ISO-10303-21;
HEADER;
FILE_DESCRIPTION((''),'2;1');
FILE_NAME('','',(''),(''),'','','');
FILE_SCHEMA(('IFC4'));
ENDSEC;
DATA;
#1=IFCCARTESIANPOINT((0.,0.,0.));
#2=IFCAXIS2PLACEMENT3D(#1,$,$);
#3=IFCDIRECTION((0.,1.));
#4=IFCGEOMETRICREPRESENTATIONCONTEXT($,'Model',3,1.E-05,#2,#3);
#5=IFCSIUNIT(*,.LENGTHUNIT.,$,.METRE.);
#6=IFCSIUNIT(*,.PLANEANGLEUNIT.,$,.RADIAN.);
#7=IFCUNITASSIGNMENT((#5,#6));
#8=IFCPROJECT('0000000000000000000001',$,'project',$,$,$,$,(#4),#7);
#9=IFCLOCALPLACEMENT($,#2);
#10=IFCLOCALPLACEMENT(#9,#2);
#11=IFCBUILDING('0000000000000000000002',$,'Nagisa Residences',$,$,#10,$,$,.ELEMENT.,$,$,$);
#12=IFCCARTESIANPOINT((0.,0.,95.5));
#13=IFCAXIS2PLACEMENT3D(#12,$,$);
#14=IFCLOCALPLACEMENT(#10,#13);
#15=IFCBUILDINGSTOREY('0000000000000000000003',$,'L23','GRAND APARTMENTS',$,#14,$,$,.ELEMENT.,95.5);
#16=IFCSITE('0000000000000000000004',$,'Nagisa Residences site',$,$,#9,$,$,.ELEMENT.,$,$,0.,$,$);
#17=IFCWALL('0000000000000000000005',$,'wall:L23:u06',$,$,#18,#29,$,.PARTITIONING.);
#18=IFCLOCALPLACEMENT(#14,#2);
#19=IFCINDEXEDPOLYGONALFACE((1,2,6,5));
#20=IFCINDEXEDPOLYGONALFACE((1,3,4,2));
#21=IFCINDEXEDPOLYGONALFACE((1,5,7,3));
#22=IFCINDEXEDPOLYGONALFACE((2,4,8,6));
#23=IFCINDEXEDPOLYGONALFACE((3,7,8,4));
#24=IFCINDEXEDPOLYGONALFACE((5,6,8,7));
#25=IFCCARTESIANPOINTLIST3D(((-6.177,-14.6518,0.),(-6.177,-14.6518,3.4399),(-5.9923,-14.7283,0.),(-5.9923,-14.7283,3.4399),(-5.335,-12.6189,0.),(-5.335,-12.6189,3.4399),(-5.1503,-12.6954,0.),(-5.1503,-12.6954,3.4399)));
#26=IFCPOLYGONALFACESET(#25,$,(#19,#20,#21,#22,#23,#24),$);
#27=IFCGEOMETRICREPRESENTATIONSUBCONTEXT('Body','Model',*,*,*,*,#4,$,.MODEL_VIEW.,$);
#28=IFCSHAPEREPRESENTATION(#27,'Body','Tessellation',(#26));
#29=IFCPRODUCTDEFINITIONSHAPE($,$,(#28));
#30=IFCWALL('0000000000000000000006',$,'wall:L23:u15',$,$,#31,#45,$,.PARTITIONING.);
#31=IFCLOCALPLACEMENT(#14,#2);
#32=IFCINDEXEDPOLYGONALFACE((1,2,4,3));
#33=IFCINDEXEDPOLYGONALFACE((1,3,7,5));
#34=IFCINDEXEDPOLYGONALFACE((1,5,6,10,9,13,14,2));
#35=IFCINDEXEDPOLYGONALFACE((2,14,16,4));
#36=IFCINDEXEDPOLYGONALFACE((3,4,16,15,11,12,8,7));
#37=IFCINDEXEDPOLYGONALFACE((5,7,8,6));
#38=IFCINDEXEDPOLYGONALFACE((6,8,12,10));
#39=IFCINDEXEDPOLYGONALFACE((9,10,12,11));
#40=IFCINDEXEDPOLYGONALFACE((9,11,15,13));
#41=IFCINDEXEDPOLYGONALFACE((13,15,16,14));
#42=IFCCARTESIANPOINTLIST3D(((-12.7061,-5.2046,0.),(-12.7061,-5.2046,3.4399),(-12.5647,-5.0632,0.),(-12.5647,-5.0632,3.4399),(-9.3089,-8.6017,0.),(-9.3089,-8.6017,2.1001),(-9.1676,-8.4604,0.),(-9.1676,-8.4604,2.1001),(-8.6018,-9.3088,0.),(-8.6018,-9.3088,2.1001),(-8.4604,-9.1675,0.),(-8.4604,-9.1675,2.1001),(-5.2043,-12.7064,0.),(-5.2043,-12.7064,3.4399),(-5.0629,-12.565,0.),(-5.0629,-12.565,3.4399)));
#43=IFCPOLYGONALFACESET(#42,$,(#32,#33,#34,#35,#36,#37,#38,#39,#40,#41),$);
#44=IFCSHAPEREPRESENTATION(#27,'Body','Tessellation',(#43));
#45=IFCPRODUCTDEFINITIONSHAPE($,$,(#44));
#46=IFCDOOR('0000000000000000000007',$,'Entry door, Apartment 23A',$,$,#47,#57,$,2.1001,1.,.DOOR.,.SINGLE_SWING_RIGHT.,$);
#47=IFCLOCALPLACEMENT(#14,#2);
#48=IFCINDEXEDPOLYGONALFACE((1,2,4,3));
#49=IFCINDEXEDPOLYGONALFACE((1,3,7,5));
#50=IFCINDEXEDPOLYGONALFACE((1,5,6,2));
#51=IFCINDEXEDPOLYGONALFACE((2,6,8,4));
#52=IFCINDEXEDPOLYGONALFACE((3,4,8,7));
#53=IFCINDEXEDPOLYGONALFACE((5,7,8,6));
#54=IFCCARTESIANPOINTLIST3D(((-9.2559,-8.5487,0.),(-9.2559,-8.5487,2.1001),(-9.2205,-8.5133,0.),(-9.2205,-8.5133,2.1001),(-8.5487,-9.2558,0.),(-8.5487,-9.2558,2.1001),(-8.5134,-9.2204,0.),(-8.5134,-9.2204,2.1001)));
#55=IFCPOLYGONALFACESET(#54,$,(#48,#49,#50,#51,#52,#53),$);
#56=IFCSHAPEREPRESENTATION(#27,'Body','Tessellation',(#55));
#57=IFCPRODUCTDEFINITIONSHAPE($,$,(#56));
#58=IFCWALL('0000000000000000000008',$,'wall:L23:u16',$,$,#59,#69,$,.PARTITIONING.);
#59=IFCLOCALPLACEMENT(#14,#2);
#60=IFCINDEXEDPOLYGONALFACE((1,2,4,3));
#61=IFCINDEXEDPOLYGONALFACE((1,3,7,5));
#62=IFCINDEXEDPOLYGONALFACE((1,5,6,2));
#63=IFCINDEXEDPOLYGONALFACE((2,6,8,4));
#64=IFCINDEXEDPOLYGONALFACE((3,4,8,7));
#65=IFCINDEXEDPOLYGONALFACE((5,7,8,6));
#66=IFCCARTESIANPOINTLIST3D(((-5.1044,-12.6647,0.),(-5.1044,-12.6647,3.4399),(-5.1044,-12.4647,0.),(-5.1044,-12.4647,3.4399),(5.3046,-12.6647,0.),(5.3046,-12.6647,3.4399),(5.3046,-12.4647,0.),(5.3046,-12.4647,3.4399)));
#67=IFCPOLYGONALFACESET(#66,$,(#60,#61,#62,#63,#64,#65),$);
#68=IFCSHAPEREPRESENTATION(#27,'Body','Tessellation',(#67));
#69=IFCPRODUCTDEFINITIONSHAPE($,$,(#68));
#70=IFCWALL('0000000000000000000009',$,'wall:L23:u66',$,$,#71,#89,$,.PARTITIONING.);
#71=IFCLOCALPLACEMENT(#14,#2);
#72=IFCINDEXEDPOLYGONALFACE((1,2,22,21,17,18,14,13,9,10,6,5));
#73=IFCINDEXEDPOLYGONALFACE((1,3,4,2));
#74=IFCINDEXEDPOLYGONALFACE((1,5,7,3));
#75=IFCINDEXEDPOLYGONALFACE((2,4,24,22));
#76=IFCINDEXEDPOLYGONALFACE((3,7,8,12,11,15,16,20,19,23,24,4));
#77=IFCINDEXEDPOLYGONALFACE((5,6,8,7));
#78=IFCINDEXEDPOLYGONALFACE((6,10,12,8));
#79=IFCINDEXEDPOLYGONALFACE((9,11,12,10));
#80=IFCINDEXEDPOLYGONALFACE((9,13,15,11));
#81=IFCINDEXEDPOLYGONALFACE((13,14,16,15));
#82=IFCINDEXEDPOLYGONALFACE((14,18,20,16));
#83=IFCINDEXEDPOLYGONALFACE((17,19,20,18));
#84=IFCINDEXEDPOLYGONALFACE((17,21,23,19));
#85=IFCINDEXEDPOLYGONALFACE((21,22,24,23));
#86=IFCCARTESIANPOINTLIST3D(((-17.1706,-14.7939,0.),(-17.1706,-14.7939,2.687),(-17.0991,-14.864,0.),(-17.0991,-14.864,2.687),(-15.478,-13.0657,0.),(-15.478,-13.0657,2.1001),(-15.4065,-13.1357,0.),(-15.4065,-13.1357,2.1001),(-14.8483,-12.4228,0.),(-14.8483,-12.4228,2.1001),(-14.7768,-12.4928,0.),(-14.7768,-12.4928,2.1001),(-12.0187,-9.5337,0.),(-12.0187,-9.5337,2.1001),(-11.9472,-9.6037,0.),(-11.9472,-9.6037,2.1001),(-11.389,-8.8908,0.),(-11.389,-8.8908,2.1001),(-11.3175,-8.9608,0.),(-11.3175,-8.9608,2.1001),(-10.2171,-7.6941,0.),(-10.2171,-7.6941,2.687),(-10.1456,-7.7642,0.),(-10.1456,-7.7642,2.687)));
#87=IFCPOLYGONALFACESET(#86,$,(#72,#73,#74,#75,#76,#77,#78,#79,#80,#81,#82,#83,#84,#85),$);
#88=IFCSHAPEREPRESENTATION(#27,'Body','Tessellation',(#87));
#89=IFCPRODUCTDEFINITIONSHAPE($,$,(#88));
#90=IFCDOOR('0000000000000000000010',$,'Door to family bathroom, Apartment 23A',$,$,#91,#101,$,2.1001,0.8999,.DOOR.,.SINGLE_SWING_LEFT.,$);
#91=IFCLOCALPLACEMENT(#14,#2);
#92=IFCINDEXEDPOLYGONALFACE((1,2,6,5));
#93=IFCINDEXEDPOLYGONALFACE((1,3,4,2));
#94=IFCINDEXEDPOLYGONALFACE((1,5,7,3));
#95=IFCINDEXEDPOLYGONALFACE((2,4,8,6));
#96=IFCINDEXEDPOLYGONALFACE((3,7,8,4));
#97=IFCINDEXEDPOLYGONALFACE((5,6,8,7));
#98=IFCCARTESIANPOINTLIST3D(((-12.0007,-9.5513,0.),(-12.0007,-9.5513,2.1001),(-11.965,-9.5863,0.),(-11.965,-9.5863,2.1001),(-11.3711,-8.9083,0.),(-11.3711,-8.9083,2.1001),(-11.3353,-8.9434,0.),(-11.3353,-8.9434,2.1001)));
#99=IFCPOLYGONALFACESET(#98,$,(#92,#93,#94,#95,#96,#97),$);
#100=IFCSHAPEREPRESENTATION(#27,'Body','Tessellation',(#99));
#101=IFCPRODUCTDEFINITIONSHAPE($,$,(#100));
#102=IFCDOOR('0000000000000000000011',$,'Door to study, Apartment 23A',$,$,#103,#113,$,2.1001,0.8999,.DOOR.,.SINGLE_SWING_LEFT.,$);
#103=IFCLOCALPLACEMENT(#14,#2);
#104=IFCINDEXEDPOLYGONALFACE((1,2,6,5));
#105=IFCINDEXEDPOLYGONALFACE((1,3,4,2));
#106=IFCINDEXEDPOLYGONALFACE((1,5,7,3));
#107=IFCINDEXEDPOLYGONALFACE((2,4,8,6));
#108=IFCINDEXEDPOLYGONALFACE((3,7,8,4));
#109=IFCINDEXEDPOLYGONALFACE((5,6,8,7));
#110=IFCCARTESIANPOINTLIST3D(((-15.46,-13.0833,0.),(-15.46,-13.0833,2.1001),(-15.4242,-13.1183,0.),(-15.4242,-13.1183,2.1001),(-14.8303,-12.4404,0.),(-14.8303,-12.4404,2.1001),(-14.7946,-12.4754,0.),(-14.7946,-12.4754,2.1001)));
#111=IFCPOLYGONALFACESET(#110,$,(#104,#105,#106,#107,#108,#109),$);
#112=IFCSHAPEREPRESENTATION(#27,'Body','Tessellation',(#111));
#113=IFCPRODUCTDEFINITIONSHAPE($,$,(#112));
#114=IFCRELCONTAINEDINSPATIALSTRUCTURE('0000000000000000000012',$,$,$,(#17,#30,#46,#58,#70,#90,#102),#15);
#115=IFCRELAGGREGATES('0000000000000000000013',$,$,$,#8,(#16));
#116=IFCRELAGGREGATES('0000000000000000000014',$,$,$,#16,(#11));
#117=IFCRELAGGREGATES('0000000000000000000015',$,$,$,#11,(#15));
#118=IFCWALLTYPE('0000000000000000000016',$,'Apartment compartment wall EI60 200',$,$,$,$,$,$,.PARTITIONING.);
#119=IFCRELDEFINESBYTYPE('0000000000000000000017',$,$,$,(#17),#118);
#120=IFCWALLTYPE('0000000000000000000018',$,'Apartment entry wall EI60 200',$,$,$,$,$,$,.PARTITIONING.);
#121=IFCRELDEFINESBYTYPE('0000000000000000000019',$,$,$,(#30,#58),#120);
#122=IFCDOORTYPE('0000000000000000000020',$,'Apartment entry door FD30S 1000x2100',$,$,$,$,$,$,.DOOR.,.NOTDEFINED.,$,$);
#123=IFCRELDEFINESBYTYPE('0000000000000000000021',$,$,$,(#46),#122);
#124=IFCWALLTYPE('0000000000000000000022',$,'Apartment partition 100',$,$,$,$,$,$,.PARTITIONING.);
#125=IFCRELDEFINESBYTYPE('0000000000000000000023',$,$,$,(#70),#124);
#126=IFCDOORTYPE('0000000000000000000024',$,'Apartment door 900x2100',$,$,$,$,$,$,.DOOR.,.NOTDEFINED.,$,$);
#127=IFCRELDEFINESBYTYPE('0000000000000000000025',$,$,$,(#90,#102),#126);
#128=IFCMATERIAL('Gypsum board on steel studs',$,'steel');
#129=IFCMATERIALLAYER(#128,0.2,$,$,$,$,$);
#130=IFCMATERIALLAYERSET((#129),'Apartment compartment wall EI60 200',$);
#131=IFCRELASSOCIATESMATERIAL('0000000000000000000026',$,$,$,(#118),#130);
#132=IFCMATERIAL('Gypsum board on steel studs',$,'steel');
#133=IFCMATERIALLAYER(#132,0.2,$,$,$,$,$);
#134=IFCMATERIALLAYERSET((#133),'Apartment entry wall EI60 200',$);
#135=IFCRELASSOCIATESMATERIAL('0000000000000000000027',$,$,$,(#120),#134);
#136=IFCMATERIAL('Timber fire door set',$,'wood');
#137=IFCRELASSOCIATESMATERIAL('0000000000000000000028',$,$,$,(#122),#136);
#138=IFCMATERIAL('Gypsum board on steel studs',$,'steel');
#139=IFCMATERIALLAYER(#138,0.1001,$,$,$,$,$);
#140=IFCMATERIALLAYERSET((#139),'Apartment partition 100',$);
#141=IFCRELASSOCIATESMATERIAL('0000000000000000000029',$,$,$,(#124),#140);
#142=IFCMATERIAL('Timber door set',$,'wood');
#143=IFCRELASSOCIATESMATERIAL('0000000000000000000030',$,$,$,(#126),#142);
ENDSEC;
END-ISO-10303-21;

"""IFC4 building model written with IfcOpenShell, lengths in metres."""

from ifc_helpers import new_model, si_unit, direction, frame, frame_2d, origin, place, context, subcontext, project, spatial, rectangle, extrude, material, layer, layer_set, type_object, element, fill, save


model = new_model("IFC4")

# Units and contexts
model_context = context("Model", 3, precision=1e-05, world=origin(), true_north=direction((0.0, 1.0)))
body_context = subcontext(model_context, "Body", "Model", "MODEL_VIEW")
ifc_project = project(units=[si_unit("LENGTHUNIT", "METRE"), si_unit("PLANEANGLEUNIT", "RADIAN")], contexts=[model_context])

# Site, building, storey
site_placement = place(None, origin())
site = spatial("IfcSite", under=ifc_project, at=site_placement, Name="Nagisa Residences site", CompositionType="ELEMENT", RefElevation=0.0)
building_placement = place(site_placement, origin())
building = spatial("IfcBuilding", under=site, at=building_placement, Name="Nagisa Residences", CompositionType="ELEMENT")
storey_placement = place(building_placement, frame((0.0, 0.0, 95.5)))
storey = spatial("IfcBuildingStorey", under=building, at=storey_placement, Name="L23", Description="GRAND APARTMENTS", CompositionType="ELEMENT", Elevation=95.5)

# Wall
ifc_material_1 = material(Name="Gypsum board on steel studs", Category="steel")
ifc_layer_1 = layer(ifc_material_1, 0.2)
ifc_layer_set_1 = layer_set([ifc_layer_1], Name="Apartment compartment wall EI60 200")
wall_type_1 = type_object("IfcWallType", Name="Apartment compartment wall EI60 200", PredefinedType="PARTITIONING", material=ifc_layer_set_1)
wall_1_placement = place(storey_placement, frame((-5.2427, -12.6572, 0.0), z_axis=(0.0, 0.0, 1.0), x_axis=(-0.382669, -0.923886, 0.0)))
element("IfcWall", 1, at=wall_1_placement, inside=storey, type_object=wall_type_1, Name="wall:L23:u06", PredefinedType="PARTITIONING", context=body_context, shape_type="SweptSolid", body=[
    extrude(rectangle(XDim=2.2004, YDim=0.2, at=frame_2d((1.1001, 0.0))), origin(), (0.0, 0.0, 1.0), 3.4399),
])

# Wall, opening, door
ifc_material_2 = material(Name="Gypsum board on steel studs", Category="steel")
ifc_layer_2 = layer(ifc_material_2, 0.2)
ifc_layer_set_2 = layer_set([ifc_layer_2], Name="Apartment entry wall EI60 200")
wall_type_2 = type_object("IfcWallType", Name="Apartment entry wall EI60 200", PredefinedType="PARTITIONING", material=ifc_layer_set_2)
wall_2_placement = place(storey_placement, frame((-12.6355, -5.1338, 0.0), z_axis=(0.0, 0.0, 1.0), x_axis=(0.707107, -0.707107, 0.0)))
wall_2 = element("IfcWall", 2, at=wall_2_placement, inside=storey, type_object=wall_type_2, Name="wall:L23:u15", PredefinedType="PARTITIONING", context=body_context, shape_type="SweptSolid", body=[
    extrude(rectangle(XDim=10.6091, YDim=0.2, at=frame_2d((5.3047, 0.0))), origin(), (0.0, 0.0, 1.0), 3.4399),
])
opening_1_placement = place(wall_2_placement, frame((4.8044, 0.0, 0.0)))
opening_1 = element("IfcOpeningElement", 3, at=opening_1_placement, cuts=wall_2, PredefinedType="OPENING", context=body_context, shape_type="SweptSolid", body=[
    extrude(rectangle(XDim=1.0, YDim=2.1001, at=frame_2d((0.5, 1.05))), frame((0.0, 0.1099, 0.0), z_axis=(0.0, -1.0, 0.0), x_axis=(1.0, 0.0, 0.0)), (0.0, 0.0, 1.0), 0.22),
])
ifc_material_3 = material(Name="Timber fire door set", Category="wood")
door_type_1 = type_object("IfcDoorType", Name="Apartment entry door FD30S 1000x2100", OperationType="NOTDEFINED", PredefinedType="DOOR", material=ifc_material_3)
door_1_placement = place(opening_1_placement, frame((1.0, 0.0, 0.0), x_axis=(-1.0, 0.0, 0.0)))
door_1 = element("IfcDoor", 4, at=door_1_placement, inside=storey, type_object=door_type_1, Name="Entry door, Apartment 23A", OperationType="SINGLE_SWING_RIGHT", OverallHeight=2.1001, OverallWidth=1.0, PredefinedType="DOOR", context=body_context, shape_type="SweptSolid", body=[
    extrude(rectangle(XDim=1.0, YDim=2.1001, at=frame_2d((0.5, 1.05))), frame((0.0, 0.0249, 0.0), z_axis=(0.0, -1.0, 0.0), x_axis=(1.0, 0.0, 0.0)), (0.0, 0.0, 1.0), 0.05),
])
fill(opening_1, door_1)

# Wall
wall_3_placement = place(storey_placement, frame((-5.1045, -12.5647, 0.0), z_axis=(0.0, 0.0, 1.0), x_axis=(1.0, 0.0, 0.0)))
element("IfcWall", 5, at=wall_3_placement, inside=storey, type_object=wall_type_2, Name="wall:L23:u16", PredefinedType="PARTITIONING", context=body_context, shape_type="SweptSolid", body=[
    extrude(rectangle(XDim=10.4089, YDim=0.2, at=frame_2d((5.2046, 0.0))), origin(), (0.0, 0.0, 1.0), 3.4399),
])

# Wall, openings, doors
ifc_material_4 = material(Name="Gypsum board on steel studs", Category="steel")
ifc_layer_3 = layer(ifc_material_4, 0.1001)
ifc_layer_set_3 = layer_set([ifc_layer_3], Name="Apartment partition 100")
wall_type_3 = type_object("IfcWallType", Name="Apartment partition 100", PredefinedType="PARTITIONING", material=ifc_layer_set_3)
wall_4_placement = place(storey_placement, frame((-10.1814, -7.7292, 0.0), z_axis=(0.0, 0.0, 1.0), x_axis=(-0.699711, -0.714426, 0.0)))
wall_4 = element("IfcWall", 6, at=wall_4_placement, inside=storey, type_object=wall_type_3, Name="wall:L23:u66", PredefinedType="PARTITIONING", context=body_context, shape_type="SweptSolid", body=[
    extrude(rectangle(XDim=9.9377, YDim=0.1001, at=frame_2d((4.9688, 0.0))), origin(), (0.0, 0.0, 1.0), 2.687),
])
opening_2_placement = place(wall_4_placement, frame((1.6748, 0.0, 0.0)))
opening_2 = element("IfcOpeningElement", 7, at=opening_2_placement, cuts=wall_4, PredefinedType="OPENING", context=body_context, shape_type="SweptSolid", body=[
    extrude(rectangle(XDim=0.8999, YDim=2.1001, at=frame_2d((0.45, 1.05))), frame((0.0, 0.0601, 0.0), z_axis=(0.0, -1.0, 0.0), x_axis=(1.0, 0.0, 0.0)), (0.0, 0.0, 1.0), 0.1201),
])
opening_3_placement = place(wall_4_placement, frame((6.6187, 0.0, 0.0)))
opening_3 = element("IfcOpeningElement", 8, at=opening_3_placement, cuts=wall_4, PredefinedType="OPENING", context=body_context, shape_type="SweptSolid", body=[
    extrude(rectangle(XDim=0.8999, YDim=2.1001, at=frame_2d((0.45, 1.05))), frame((0.0, 0.0601, 0.0), z_axis=(0.0, -1.0, 0.0), x_axis=(1.0, 0.0, 0.0)), (0.0, 0.0, 1.0), 0.1201),
])
ifc_material_5 = material(Name="Timber door set", Category="wood")
door_type_2 = type_object("IfcDoorType", Name="Apartment door 900x2100", OperationType="NOTDEFINED", PredefinedType="DOOR", material=ifc_material_5)
door_2_placement = place(opening_2_placement, frame((0.8999, 0.0, 0.0), x_axis=(-1.0, 0.0, 0.0)))
door_2 = element("IfcDoor", 9, at=door_2_placement, inside=storey, type_object=door_type_2, Name="Door to family bathroom, Apartment 23A", OperationType="SINGLE_SWING_LEFT", OverallHeight=2.1001, OverallWidth=0.8999, PredefinedType="DOOR", context=body_context, shape_type="SweptSolid", body=[
    extrude(rectangle(XDim=0.8999, YDim=2.1001, at=frame_2d((0.45, 1.05))), frame((0.0, 0.0249, 0.0), z_axis=(0.0, -1.0, 0.0), x_axis=(1.0, 0.0, 0.0)), (0.0, 0.0, 1.0), 0.05),
])
fill(opening_2, door_2)
door_3_placement = place(opening_3_placement, frame((0.8999, 0.0, 0.0), x_axis=(-1.0, 0.0, 0.0)))
door_3 = element("IfcDoor", 10, at=door_3_placement, inside=storey, type_object=door_type_2, Name="Door to study, Apartment 23A", OperationType="SINGLE_SWING_LEFT", OverallHeight=2.1001, OverallWidth=0.8999, PredefinedType="DOOR", context=body_context, shape_type="SweptSolid", body=[
    extrude(rectangle(XDim=0.8999, YDim=2.1001, at=frame_2d((0.45, 1.05))), frame((0.0, 0.0249, 0.0), z_axis=(0.0, -1.0, 0.0), x_axis=(1.0, 0.0, 0.0)), (0.0, 0.0, 1.0), 0.05),
])
fill(opening_3, door_3)

save(model, "model.ifc")
